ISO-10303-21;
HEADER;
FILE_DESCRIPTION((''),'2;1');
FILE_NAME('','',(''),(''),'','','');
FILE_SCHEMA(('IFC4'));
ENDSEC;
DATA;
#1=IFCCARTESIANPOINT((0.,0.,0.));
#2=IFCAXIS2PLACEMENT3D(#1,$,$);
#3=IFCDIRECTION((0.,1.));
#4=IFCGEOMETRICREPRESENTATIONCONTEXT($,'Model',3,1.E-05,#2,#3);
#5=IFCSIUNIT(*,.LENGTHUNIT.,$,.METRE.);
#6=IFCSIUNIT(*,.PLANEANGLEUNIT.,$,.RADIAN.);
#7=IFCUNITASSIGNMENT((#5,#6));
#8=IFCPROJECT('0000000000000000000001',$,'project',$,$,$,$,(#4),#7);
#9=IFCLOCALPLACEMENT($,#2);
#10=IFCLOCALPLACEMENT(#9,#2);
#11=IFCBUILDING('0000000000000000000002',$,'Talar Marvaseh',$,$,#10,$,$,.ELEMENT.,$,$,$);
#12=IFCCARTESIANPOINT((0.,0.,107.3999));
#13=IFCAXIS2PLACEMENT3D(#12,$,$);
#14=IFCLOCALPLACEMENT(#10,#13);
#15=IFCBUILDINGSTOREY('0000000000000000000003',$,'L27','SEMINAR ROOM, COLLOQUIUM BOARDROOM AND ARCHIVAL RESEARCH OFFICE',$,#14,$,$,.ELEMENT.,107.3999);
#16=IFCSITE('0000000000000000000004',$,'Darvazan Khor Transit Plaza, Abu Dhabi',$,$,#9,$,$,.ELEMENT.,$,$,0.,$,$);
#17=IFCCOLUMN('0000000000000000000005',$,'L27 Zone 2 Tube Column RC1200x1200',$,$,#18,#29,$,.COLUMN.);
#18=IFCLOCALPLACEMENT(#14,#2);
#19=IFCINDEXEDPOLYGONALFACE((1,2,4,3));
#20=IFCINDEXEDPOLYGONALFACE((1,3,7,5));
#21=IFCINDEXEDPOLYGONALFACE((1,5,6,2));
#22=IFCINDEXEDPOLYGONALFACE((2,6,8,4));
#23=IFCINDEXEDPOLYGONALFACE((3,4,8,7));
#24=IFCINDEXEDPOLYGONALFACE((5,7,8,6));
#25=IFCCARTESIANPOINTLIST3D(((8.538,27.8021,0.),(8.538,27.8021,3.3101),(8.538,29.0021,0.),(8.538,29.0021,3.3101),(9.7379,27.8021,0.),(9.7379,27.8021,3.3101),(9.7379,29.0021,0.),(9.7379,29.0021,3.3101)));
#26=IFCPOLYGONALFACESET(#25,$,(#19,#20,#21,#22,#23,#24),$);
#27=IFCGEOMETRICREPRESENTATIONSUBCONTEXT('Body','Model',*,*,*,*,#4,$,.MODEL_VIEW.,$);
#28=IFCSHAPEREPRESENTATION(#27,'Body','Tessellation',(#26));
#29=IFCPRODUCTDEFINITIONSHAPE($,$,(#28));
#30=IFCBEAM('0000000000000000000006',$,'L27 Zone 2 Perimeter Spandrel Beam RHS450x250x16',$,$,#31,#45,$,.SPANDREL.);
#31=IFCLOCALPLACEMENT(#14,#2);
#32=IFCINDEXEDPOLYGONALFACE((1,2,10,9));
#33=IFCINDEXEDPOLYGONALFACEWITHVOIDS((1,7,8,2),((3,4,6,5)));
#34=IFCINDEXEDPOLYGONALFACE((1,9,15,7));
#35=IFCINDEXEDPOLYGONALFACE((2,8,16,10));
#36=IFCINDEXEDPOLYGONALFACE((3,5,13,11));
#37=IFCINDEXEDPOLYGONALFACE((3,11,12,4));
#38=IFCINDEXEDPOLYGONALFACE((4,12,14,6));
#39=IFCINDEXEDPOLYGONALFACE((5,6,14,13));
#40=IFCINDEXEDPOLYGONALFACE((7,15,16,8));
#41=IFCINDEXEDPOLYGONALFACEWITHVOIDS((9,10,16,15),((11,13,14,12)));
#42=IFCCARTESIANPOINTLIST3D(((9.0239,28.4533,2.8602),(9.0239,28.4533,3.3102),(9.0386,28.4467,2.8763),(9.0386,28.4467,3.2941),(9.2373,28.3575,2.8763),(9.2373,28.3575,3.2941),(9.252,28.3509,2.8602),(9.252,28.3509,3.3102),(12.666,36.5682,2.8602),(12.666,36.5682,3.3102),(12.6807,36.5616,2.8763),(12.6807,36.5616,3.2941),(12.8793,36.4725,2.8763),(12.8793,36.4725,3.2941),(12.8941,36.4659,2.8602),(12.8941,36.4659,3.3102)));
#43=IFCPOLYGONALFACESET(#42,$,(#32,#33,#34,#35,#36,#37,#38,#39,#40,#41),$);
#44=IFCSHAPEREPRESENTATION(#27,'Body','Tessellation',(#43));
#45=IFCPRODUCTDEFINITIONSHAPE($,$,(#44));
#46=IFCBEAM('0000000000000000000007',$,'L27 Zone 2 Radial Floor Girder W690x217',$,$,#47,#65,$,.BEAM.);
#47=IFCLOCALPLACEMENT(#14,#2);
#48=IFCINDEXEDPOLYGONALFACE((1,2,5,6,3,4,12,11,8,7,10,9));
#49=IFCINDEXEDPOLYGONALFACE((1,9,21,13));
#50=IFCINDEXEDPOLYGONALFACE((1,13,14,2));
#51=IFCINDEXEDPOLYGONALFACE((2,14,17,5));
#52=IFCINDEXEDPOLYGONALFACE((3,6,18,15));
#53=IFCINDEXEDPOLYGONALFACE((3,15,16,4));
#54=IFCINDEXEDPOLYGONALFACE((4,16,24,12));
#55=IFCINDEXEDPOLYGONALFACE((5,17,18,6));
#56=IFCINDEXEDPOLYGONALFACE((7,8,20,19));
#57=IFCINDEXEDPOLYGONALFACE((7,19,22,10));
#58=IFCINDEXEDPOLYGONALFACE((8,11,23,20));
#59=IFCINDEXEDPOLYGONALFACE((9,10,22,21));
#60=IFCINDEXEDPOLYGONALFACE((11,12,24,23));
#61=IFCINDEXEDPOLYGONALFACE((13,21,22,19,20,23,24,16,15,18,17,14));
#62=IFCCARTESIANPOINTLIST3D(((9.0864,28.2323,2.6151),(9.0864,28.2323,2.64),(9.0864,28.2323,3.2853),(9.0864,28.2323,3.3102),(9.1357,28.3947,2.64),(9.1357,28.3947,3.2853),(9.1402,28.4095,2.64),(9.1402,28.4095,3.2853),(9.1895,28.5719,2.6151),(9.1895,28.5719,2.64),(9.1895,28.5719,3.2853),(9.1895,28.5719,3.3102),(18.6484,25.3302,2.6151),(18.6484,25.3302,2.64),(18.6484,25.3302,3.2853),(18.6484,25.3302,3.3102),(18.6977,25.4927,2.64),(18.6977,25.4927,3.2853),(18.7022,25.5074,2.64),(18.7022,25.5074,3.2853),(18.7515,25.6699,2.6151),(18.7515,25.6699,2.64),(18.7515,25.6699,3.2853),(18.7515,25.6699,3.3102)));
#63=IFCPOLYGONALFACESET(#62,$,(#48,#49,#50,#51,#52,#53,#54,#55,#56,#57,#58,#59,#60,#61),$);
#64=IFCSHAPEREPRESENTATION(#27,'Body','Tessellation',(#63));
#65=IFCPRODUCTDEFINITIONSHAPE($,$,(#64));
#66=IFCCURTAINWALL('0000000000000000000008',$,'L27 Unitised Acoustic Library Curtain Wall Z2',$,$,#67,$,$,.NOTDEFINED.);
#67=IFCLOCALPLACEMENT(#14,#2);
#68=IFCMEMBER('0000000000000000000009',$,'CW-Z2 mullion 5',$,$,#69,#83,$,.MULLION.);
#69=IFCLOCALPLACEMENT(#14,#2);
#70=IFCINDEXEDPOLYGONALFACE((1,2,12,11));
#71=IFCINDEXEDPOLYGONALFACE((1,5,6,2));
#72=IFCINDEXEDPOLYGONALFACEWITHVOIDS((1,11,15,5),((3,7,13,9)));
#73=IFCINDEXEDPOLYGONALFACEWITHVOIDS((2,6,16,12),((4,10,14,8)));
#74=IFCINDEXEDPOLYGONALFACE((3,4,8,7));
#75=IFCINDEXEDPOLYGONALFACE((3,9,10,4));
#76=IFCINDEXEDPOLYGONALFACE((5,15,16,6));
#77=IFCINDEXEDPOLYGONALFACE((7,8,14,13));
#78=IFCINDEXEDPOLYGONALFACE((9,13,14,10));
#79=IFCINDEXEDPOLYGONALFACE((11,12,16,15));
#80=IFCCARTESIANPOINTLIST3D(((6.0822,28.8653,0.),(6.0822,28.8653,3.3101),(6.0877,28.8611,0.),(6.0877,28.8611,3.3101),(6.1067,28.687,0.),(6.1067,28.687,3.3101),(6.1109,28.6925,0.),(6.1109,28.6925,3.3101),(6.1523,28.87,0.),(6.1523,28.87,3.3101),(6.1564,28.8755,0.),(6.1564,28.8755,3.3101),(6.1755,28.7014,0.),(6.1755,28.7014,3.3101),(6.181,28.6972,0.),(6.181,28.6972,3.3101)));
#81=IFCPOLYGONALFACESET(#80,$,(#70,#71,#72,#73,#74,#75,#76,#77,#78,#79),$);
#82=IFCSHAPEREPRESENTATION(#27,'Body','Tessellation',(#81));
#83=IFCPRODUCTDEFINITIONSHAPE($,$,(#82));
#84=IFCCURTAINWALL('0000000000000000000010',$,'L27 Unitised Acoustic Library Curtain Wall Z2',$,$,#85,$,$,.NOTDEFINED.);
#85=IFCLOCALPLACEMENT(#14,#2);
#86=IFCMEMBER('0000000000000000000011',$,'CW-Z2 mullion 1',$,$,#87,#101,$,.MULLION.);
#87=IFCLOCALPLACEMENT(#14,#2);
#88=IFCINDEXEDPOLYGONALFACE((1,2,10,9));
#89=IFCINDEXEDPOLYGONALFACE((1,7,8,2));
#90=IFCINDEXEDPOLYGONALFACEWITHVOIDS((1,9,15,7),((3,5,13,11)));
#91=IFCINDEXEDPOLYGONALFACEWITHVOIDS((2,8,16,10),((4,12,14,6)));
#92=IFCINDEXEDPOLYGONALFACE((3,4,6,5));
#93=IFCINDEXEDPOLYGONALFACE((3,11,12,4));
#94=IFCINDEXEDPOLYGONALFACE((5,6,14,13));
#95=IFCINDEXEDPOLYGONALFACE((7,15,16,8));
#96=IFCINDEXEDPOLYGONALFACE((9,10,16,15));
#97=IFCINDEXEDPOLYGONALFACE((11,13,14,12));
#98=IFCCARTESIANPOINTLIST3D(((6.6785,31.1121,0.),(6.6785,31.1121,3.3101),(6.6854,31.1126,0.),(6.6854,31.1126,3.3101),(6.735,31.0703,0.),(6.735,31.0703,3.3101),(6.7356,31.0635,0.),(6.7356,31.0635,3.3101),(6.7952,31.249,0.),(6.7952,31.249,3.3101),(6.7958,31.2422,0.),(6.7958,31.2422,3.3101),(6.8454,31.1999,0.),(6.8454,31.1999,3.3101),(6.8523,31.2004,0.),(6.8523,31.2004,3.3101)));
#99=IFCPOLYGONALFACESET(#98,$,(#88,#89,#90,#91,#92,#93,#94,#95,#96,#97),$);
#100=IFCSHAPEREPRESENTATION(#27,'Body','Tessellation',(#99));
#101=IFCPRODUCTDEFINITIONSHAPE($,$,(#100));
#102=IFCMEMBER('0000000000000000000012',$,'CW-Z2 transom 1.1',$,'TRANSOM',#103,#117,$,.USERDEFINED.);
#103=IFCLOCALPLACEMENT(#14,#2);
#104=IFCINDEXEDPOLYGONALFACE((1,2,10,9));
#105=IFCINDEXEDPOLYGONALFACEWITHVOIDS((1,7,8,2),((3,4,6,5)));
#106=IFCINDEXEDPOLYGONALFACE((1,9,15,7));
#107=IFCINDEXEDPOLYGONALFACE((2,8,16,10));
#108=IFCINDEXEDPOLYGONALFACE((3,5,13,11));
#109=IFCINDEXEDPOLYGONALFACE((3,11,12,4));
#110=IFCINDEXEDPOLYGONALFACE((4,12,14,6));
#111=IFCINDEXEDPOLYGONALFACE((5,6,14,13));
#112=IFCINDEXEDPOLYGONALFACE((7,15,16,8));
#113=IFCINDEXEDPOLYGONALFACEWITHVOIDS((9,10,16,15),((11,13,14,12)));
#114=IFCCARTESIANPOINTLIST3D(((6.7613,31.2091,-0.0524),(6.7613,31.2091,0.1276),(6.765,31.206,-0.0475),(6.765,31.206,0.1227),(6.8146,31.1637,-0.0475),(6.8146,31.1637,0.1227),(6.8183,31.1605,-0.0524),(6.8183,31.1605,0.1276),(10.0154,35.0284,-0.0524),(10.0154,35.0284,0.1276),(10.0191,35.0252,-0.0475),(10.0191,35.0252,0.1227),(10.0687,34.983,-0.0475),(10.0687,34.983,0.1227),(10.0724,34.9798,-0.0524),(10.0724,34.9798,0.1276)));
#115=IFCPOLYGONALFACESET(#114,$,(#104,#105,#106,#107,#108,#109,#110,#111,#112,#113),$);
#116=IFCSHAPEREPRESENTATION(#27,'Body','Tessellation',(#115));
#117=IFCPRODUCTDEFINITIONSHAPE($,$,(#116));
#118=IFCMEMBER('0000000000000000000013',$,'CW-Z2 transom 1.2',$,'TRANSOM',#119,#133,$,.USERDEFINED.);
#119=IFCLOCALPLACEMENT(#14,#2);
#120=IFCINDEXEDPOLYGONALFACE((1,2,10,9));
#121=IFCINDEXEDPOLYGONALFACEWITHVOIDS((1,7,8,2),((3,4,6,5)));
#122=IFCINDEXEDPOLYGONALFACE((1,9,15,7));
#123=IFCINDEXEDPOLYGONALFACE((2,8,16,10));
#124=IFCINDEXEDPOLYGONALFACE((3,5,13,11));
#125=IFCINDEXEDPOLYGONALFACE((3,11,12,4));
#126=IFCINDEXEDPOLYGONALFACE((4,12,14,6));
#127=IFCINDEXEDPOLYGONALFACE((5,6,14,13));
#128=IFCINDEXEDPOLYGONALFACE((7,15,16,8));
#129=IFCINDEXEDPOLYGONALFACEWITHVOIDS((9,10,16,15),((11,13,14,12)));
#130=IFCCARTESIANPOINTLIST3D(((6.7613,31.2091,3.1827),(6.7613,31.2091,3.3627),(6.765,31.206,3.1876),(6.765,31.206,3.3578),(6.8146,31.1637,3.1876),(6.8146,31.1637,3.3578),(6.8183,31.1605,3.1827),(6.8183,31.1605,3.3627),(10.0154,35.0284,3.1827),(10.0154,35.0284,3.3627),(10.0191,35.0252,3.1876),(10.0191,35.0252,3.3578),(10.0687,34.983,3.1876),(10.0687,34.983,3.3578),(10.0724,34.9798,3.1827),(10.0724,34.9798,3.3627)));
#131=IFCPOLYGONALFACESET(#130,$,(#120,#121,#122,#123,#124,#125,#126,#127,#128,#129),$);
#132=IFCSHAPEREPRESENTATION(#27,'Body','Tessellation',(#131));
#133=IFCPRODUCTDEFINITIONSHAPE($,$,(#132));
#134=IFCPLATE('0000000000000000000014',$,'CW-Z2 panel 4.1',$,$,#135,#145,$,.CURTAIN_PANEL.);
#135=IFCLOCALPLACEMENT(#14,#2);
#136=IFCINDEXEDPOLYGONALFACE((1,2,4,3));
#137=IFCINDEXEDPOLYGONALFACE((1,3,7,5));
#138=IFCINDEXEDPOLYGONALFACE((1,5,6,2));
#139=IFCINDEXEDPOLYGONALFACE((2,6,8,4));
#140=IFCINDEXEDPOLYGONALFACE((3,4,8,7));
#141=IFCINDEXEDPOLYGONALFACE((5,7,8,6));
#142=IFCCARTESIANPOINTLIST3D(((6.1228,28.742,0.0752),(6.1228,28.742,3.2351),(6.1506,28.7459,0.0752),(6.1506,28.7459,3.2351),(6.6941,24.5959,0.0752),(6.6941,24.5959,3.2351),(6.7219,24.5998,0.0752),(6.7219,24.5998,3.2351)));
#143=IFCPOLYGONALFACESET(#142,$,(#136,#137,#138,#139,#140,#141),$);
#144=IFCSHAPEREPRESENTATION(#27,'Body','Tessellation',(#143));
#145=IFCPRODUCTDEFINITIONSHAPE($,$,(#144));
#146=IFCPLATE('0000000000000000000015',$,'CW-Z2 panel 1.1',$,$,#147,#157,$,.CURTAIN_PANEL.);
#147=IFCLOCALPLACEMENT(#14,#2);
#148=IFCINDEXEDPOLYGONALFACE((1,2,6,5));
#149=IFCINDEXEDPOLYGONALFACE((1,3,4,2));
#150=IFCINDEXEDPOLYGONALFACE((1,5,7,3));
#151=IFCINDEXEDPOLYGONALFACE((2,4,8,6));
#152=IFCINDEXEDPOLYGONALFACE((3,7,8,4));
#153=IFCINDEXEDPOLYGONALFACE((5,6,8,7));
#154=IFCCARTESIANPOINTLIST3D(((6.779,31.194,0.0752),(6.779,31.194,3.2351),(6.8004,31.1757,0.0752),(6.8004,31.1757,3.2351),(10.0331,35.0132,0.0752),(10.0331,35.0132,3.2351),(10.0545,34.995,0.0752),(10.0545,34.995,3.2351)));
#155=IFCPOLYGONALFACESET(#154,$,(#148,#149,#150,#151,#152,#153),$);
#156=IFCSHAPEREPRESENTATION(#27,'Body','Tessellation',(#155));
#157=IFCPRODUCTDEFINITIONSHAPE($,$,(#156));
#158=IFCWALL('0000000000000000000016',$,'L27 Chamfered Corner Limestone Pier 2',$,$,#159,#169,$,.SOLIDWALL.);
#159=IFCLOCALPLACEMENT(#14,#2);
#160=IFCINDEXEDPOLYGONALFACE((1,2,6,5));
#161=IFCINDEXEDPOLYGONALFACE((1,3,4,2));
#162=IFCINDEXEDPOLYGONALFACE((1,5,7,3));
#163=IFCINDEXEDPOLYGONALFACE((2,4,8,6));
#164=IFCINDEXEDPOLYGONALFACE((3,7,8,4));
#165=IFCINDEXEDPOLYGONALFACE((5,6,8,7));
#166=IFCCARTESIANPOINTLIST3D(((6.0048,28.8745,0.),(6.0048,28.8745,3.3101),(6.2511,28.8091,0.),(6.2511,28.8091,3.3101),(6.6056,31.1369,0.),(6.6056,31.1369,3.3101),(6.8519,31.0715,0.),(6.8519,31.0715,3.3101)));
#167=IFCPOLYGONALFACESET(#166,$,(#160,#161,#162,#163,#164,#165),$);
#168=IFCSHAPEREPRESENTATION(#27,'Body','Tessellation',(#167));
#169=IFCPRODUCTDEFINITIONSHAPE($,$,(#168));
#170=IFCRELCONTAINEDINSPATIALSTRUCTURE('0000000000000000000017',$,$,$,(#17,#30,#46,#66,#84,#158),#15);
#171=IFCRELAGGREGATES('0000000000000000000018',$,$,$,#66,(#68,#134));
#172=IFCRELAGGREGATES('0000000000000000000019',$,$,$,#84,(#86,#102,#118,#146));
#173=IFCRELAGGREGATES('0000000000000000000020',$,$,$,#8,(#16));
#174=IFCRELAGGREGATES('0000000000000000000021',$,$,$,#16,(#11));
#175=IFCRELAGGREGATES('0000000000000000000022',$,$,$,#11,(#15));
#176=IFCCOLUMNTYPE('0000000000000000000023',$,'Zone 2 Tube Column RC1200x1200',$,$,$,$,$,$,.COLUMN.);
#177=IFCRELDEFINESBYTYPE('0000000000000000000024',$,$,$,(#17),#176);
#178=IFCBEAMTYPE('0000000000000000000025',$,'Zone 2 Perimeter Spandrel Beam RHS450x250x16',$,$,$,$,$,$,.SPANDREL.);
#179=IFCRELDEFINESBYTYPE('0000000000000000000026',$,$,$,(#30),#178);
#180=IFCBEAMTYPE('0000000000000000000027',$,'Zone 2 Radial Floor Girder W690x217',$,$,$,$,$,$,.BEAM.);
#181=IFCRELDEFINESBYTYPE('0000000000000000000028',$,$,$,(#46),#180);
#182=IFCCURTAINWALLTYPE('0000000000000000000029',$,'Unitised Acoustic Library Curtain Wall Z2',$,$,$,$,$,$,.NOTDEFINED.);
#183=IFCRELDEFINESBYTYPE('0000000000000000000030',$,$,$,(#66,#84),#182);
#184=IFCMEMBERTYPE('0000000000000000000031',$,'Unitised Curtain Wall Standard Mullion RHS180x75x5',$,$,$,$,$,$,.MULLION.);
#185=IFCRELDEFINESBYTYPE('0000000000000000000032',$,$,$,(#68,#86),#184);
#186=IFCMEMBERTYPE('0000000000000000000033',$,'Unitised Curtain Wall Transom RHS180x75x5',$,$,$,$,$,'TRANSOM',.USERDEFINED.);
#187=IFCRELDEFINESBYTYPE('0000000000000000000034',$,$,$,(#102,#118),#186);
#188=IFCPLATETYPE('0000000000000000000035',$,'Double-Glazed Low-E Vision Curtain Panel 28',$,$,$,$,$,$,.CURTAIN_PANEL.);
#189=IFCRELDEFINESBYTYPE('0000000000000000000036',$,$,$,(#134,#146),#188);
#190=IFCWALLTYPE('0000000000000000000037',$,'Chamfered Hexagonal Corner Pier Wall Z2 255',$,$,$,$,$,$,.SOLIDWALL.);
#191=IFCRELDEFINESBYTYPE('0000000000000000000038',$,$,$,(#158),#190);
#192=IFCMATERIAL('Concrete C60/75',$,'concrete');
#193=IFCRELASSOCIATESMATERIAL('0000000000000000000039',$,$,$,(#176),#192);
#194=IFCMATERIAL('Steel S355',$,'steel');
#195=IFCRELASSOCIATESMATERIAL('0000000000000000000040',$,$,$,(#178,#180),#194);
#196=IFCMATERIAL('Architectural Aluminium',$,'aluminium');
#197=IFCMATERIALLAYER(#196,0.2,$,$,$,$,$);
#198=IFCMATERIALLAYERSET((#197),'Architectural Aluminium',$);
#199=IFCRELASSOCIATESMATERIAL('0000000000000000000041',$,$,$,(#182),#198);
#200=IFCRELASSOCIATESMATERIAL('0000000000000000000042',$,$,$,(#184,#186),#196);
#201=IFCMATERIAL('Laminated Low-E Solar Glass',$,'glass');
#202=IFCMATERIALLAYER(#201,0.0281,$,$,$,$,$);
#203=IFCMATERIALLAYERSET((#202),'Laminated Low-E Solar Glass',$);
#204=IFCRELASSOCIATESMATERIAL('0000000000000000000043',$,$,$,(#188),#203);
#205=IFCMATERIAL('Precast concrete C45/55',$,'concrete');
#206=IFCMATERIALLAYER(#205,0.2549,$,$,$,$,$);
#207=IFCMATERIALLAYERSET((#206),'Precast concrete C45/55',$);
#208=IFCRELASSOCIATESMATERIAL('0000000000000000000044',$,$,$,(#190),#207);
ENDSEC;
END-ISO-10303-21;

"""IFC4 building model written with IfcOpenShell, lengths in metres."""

from ifc_helpers import new_model, si_unit, direction, frame, frame_2d, origin, origin_2d, place, context, subcontext, project, spatial, rectangle, hollow_rectangle, i_section, extrude, source, transform, mapped, material, layer, layer_set, material_profile, profile_set, type_object, type_shapes, element, aggregate, save


model = new_model("IFC4")

# Units and contexts
model_context = context("Model", 3, precision=1e-05, world=origin(), true_north=direction((0.0, 1.0)))
body_context = subcontext(model_context, "Body", "Model", "MODEL_VIEW")
ifc_project = project(units=[si_unit("LENGTHUNIT", "METRE"), si_unit("PLANEANGLEUNIT", "RADIAN")], contexts=[model_context])

# Site, building, storey
site_placement = place(None, origin())
site = spatial("IfcSite", under=ifc_project, at=site_placement, Name="Darvazan Khor Transit Plaza, Abu Dhabi", CompositionType="ELEMENT", RefElevation=0.0)
building_placement = place(site_placement, origin())
building = spatial("IfcBuilding", under=site, at=building_placement, Name="Talar Marvaseh", CompositionType="ELEMENT")
storey_placement = place(building_placement, frame((0.0, 0.0, 107.3999)))
storey = spatial("IfcBuildingStorey", under=building, at=storey_placement, Name="L27", Description="SEMINAR ROOM, COLLOQUIUM BOARDROOM AND ARCHIVAL RESEARCH OFFICE", CompositionType="ELEMENT", Elevation=107.3999)

# Column
ifc_material_1 = material(Name="Concrete C60/75", Category="concrete")
ifc_material_profile_1 = material_profile(ifc_material_1, rectangle(XDim=1.2, YDim=1.2, at=origin_2d()), Name="RC1200x1200")
ifc_profile_set_1 = profile_set([ifc_material_profile_1], Name="Concrete C60/75")
column_type = type_object("IfcColumnType", Name="Zone 2 Tube Column RC1200x1200", PredefinedType="COLUMN", material=ifc_profile_set_1)
column_placement = place(storey_placement, frame((9.1379, 28.4021, 0.0), z_axis=(0.0, 0.0, 1.0), x_axis=(1.0, 0.0, 0.0)))
element("IfcColumn", 1, at=column_placement, inside=storey, type_object=column_type, Name="L27 Zone 2 Tube Column RC1200x1200", PredefinedType="COLUMN", context=body_context, shape_type="SweptSolid", body=[
    extrude(rectangle(XDim=1.2, YDim=1.2, at=origin_2d()), origin(), (0.0, 0.0, 1.0), 3.3101),
])

# Beams
ifc_material_2 = material(Name="Steel S355", Category="steel")
ifc_material_profile_2 = material_profile(ifc_material_2, hollow_rectangle(XDim=0.25, YDim=0.45, WallThickness=0.0161, at=origin_2d()), Name="RHS450x250x16")
ifc_profile_set_2 = profile_set([ifc_material_profile_2], Name="Steel S355")
beam_type_1 = type_object("IfcBeamType", Name="Zone 2 Perimeter Spandrel Beam RHS450x250x16", PredefinedType="SPANDREL", material=ifc_profile_set_2)
beam_1_placement = place(storey_placement, frame((9.1379, 28.4021, 3.0852), z_axis=(0.409462, 0.912327, 0.0), x_axis=(-0.912327, 0.409462, 0.0)))
element("IfcBeam", 2, at=beam_1_placement, inside=storey, type_object=beam_type_1, Name="L27 Zone 2 Perimeter Spandrel Beam RHS450x250x16", PredefinedType="SPANDREL", context=body_context, shape_type="SweptSolid", body=[
    extrude(hollow_rectangle(XDim=0.25, YDim=0.45, WallThickness=0.0161, at=origin_2d()), origin(), (0.0, 0.0, 1.0), 8.8948),
])
ifc_material_profile_3 = material_profile(ifc_material_2, i_section(OverallWidth=0.355, OverallDepth=0.6951, WebThickness=0.0154, FlangeThickness=0.0249, at=origin_2d()), Name="W690x217")
ifc_profile_set_3 = profile_set([ifc_material_profile_3], Name="Steel S355")
beam_type_2 = type_object("IfcBeamType", Name="Zone 2 Radial Floor Girder W690x217", PredefinedType="BEAM", material=ifc_profile_set_3)
beam_2_placement = place(storey_placement, frame((9.1379, 28.4021, 2.9626), z_axis=(0.956899, -0.290422, 0.0), x_axis=(0.290422, 0.956899, 0.0)))
element("IfcBeam", 3, at=beam_2_placement, inside=storey, type_object=beam_type_2, Name="L27 Zone 2 Radial Floor Girder W690x217", PredefinedType="BEAM", context=body_context, shape_type="SweptSolid", body=[
    extrude(i_section(OverallWidth=0.355, OverallDepth=0.6951, WebThickness=0.0154, FlangeThickness=0.0249, at=origin_2d()), origin(), (0.0, 0.0, 1.0), 9.9927),
])

# Curtain wall, member
ifc_material_3 = material(Name="Architectural Aluminium", Category="aluminium")
ifc_layer_1 = layer(ifc_material_3, 0.2)
ifc_layer_set_1 = layer_set([ifc_layer_1], Name="Architectural Aluminium")
curtain_wall_type = type_object("IfcCurtainWallType", Name="Unitised Acoustic Library Curtain Wall Z2", PredefinedType="NOTDEFINED", material=ifc_layer_set_1)
curtain_wall_1_placement = place(storey_placement, origin())
curtain_wall_1 = element("IfcCurtainWall", 4, at=curtain_wall_1_placement, inside=storey, type_object=curtain_wall_type, Name="L27 Unitised Acoustic Library Curtain Wall Z2", PredefinedType="NOTDEFINED")
ifc_material_profile_4 = material_profile(ifc_material_3, hollow_rectangle(XDim=0.075, YDim=0.1799, WallThickness=0.0049, at=origin_2d()), Name="RHS180x75x5")
ifc_profile_set_4 = profile_set([ifc_material_profile_4], Name="Architectural Aluminium")
member_type_1 = type_object("IfcMemberType", Name="Unitised Curtain Wall Standard Mullion RHS180x75x5", PredefinedType="MULLION", material=ifc_profile_set_4)
shared_shape_1 = source(origin(), body_context, "Body", "SweptSolid", [
    extrude(hollow_rectangle(XDim=0.075, YDim=0.1799, WallThickness=0.0049, at=origin_2d()), origin(), (0.0, 0.0, 1.0), 3.3101),
])
type_shapes(member_type_1, [shared_shape_1])
member_1_placement = place(storey_placement, frame((6.1316, 28.7812, 0.0), z_axis=(0.0, 0.0, 1.0), x_axis=(-0.990638, -0.136515, 0.0)))
member_1 = element("IfcMember", 5, at=member_1_placement, type_object=member_type_1, Name="CW-Z2 mullion 5", PredefinedType="MULLION", context=body_context, shape_type="MappedRepresentation", body=[
    mapped(shared_shape_1, transform((0.0, 0.0, 0.0), x_axis=(1.0, 0.0, 0.0), y_axis=(0.0, 1.0, 0.0), z_axis=(0.0, 0.0, 1.0), scale=1.0)),
])

# Curtain wall, members
curtain_wall_2_placement = place(storey_placement, origin())
curtain_wall_2 = element("IfcCurtainWall", 6, at=curtain_wall_2_placement, inside=storey, type_object=curtain_wall_type, Name="L27 Unitised Acoustic Library Curtain Wall Z2", PredefinedType="NOTDEFINED")
member_2_placement = place(storey_placement, frame((6.7654, 31.1562, 0.0), z_axis=(0.0, 0.0, 1.0), x_axis=(-0.761176, 0.648545, 0.0)))
member_2 = element("IfcMember", 7, at=member_2_placement, type_object=member_type_1, Name="CW-Z2 mullion 1", PredefinedType="MULLION", context=body_context, shape_type="MappedRepresentation", body=[
    mapped(shared_shape_1, transform((0.0, 0.0, 0.0), x_axis=(1.0, 0.0, 0.0), y_axis=(0.0, 1.0, 0.0), z_axis=(0.0, 0.0, 1.0), scale=1.0)),
])
ifc_material_profile_5 = material_profile(ifc_material_3, hollow_rectangle(XDim=0.075, YDim=0.1799, WallThickness=0.0049, at=origin_2d()), Name="RHS180x75x5")
ifc_profile_set_5 = profile_set([ifc_material_profile_5], Name="Architectural Aluminium")
member_type_2 = type_object("IfcMemberType", Name="Unitised Curtain Wall Transom RHS180x75x5", ElementType="TRANSOM", PredefinedType="USERDEFINED", material=ifc_profile_set_5)
shared_shape_2 = source(origin(), body_context, "Body", "SweptSolid", [
    extrude(hollow_rectangle(XDim=0.075, YDim=0.1799, WallThickness=0.0049, at=origin_2d()), origin(), (0.0, 0.0, 1.0), 5.0176),
])
type_shapes(member_type_2, [shared_shape_2])
member_3_placement = place(storey_placement, frame((6.7898, 31.1848, 0.0376), z_axis=(0.648541, 0.76118, 0.0), x_axis=(-0.76118, 0.648541, 0.0)))
member_3 = element("IfcMember", 8, at=member_3_placement, type_object=member_type_2, Name="CW-Z2 transom 1.1", ObjectType="TRANSOM", PredefinedType="USERDEFINED", context=body_context, shape_type="MappedRepresentation", body=[
    mapped(shared_shape_2, transform((0.0, 0.0, 0.0), x_axis=(1.0, 0.0, 0.0), y_axis=(0.0, 1.0, 0.0), z_axis=(0.0, 0.0, 1.0), scale=1.0)),
])
member_4_placement = place(storey_placement, frame((6.7898, 31.1848, 3.2727), z_axis=(0.648541, 0.76118, 0.0), x_axis=(-0.76118, 0.648541, 0.0)))
member_4 = element("IfcMember", 9, at=member_4_placement, type_object=member_type_2, Name="CW-Z2 transom 1.2", ObjectType="TRANSOM", PredefinedType="USERDEFINED", context=body_context, shape_type="MappedRepresentation", body=[
    mapped(shared_shape_2, transform((0.0, 0.0, 0.0), x_axis=(1.0, 0.0, 0.0), y_axis=(0.0, 1.0, 0.0), z_axis=(0.0, 0.0, 1.0), scale=1.0)),
])

# Plates
ifc_material_4 = material(Name="Laminated Low-E Solar Glass", Category="glass")
ifc_layer_2 = layer(ifc_material_4, 0.0281)
ifc_layer_set_2 = layer_set([ifc_layer_2], Name="Laminated Low-E Solar Glass")
plate_type = type_object("IfcPlateType", Name="Double-Glazed Low-E Vision Curtain Panel 28", PredefinedType="CURTAIN_PANEL", material=ifc_layer_set_2)
shared_shape_3 = source(origin(), body_context, "Body", "SweptSolid", [
    extrude(rectangle(XDim=4.1853, YDim=0.0281, at=origin_2d()), origin(), (0.0, 0.0, 1.0), 3.1599),
])
plate_1_placement = place(storey_placement, frame((6.4224, 26.6709, 0.0752), z_axis=(0.0, 0.0, 1.0), x_axis=(-0.136515, 0.990638, 0.0)))
plate_1 = element("IfcPlate", 10, at=plate_1_placement, type_object=plate_type, Name="CW-Z2 panel 4.1", PredefinedType="CURTAIN_PANEL", context=body_context, shape_type="MappedRepresentation", body=[
    mapped(shared_shape_3, transform((0.0, 0.0, 0.0), x_axis=(1.0, 0.0, 0.0), y_axis=(0.0, 1.0, 0.0), z_axis=(0.0, 0.0, 1.0), scale=1.0)),
])
aggregate(curtain_wall_1, [member_1, plate_1])
shared_shape_4 = source(origin(), body_context, "Body", "SweptSolid", [
    extrude(rectangle(XDim=5.0176, YDim=0.0281, at=origin_2d()), origin(), (0.0, 0.0, 1.0), 3.1599),
])
type_shapes(plate_type, [shared_shape_3, shared_shape_4])
plate_2_placement = place(storey_placement, frame((8.4167, 33.0945, 0.0752), z_axis=(0.0, 0.0, 1.0), x_axis=(0.648545, 0.761176, 0.0)))
plate_2 = element("IfcPlate", 11, at=plate_2_placement, type_object=plate_type, Name="CW-Z2 panel 1.1", PredefinedType="CURTAIN_PANEL", context=body_context, shape_type="MappedRepresentation", body=[
    mapped(shared_shape_4, transform((0.0, 0.0, 0.0), x_axis=(1.0, 0.0, 0.0), y_axis=(0.0, 1.0, 0.0), z_axis=(0.0, 0.0, 1.0), scale=1.0)),
])
aggregate(curtain_wall_2, [member_2, member_3, member_4, plate_2])

# Wall
ifc_material_5 = material(Name="Precast concrete C45/55", Category="concrete")
ifc_layer_3 = layer(ifc_material_5, 0.2549)
ifc_layer_set_3 = layer_set([ifc_layer_3], Name="Precast concrete C45/55")
wall_type_1 = type_object("IfcWallType", Name="Chamfered Hexagonal Corner Pier Wall Z2 255", PredefinedType="SOLIDWALL", material=ifc_layer_set_3)
wall_1_placement = place(storey_placement, frame((6.1279, 28.8418, 0.0), z_axis=(0.0, 0.0, 1.0), x_axis=(0.256669, 0.966499, 0.0)))
element("IfcWall", 12, at=wall_1_placement, inside=storey, type_object=wall_type_1, Name="L27 Chamfered Corner Limestone Pier 2", PredefinedType="SOLIDWALL", context=body_context, shape_type="SweptSolid", body=[
    extrude(rectangle(XDim=2.3408, YDim=0.2549, at=frame_2d((1.1704, 0.0))), origin(), (0.0, 0.0, 1.0), 3.3101),
])

save(model, "model.ifc")
